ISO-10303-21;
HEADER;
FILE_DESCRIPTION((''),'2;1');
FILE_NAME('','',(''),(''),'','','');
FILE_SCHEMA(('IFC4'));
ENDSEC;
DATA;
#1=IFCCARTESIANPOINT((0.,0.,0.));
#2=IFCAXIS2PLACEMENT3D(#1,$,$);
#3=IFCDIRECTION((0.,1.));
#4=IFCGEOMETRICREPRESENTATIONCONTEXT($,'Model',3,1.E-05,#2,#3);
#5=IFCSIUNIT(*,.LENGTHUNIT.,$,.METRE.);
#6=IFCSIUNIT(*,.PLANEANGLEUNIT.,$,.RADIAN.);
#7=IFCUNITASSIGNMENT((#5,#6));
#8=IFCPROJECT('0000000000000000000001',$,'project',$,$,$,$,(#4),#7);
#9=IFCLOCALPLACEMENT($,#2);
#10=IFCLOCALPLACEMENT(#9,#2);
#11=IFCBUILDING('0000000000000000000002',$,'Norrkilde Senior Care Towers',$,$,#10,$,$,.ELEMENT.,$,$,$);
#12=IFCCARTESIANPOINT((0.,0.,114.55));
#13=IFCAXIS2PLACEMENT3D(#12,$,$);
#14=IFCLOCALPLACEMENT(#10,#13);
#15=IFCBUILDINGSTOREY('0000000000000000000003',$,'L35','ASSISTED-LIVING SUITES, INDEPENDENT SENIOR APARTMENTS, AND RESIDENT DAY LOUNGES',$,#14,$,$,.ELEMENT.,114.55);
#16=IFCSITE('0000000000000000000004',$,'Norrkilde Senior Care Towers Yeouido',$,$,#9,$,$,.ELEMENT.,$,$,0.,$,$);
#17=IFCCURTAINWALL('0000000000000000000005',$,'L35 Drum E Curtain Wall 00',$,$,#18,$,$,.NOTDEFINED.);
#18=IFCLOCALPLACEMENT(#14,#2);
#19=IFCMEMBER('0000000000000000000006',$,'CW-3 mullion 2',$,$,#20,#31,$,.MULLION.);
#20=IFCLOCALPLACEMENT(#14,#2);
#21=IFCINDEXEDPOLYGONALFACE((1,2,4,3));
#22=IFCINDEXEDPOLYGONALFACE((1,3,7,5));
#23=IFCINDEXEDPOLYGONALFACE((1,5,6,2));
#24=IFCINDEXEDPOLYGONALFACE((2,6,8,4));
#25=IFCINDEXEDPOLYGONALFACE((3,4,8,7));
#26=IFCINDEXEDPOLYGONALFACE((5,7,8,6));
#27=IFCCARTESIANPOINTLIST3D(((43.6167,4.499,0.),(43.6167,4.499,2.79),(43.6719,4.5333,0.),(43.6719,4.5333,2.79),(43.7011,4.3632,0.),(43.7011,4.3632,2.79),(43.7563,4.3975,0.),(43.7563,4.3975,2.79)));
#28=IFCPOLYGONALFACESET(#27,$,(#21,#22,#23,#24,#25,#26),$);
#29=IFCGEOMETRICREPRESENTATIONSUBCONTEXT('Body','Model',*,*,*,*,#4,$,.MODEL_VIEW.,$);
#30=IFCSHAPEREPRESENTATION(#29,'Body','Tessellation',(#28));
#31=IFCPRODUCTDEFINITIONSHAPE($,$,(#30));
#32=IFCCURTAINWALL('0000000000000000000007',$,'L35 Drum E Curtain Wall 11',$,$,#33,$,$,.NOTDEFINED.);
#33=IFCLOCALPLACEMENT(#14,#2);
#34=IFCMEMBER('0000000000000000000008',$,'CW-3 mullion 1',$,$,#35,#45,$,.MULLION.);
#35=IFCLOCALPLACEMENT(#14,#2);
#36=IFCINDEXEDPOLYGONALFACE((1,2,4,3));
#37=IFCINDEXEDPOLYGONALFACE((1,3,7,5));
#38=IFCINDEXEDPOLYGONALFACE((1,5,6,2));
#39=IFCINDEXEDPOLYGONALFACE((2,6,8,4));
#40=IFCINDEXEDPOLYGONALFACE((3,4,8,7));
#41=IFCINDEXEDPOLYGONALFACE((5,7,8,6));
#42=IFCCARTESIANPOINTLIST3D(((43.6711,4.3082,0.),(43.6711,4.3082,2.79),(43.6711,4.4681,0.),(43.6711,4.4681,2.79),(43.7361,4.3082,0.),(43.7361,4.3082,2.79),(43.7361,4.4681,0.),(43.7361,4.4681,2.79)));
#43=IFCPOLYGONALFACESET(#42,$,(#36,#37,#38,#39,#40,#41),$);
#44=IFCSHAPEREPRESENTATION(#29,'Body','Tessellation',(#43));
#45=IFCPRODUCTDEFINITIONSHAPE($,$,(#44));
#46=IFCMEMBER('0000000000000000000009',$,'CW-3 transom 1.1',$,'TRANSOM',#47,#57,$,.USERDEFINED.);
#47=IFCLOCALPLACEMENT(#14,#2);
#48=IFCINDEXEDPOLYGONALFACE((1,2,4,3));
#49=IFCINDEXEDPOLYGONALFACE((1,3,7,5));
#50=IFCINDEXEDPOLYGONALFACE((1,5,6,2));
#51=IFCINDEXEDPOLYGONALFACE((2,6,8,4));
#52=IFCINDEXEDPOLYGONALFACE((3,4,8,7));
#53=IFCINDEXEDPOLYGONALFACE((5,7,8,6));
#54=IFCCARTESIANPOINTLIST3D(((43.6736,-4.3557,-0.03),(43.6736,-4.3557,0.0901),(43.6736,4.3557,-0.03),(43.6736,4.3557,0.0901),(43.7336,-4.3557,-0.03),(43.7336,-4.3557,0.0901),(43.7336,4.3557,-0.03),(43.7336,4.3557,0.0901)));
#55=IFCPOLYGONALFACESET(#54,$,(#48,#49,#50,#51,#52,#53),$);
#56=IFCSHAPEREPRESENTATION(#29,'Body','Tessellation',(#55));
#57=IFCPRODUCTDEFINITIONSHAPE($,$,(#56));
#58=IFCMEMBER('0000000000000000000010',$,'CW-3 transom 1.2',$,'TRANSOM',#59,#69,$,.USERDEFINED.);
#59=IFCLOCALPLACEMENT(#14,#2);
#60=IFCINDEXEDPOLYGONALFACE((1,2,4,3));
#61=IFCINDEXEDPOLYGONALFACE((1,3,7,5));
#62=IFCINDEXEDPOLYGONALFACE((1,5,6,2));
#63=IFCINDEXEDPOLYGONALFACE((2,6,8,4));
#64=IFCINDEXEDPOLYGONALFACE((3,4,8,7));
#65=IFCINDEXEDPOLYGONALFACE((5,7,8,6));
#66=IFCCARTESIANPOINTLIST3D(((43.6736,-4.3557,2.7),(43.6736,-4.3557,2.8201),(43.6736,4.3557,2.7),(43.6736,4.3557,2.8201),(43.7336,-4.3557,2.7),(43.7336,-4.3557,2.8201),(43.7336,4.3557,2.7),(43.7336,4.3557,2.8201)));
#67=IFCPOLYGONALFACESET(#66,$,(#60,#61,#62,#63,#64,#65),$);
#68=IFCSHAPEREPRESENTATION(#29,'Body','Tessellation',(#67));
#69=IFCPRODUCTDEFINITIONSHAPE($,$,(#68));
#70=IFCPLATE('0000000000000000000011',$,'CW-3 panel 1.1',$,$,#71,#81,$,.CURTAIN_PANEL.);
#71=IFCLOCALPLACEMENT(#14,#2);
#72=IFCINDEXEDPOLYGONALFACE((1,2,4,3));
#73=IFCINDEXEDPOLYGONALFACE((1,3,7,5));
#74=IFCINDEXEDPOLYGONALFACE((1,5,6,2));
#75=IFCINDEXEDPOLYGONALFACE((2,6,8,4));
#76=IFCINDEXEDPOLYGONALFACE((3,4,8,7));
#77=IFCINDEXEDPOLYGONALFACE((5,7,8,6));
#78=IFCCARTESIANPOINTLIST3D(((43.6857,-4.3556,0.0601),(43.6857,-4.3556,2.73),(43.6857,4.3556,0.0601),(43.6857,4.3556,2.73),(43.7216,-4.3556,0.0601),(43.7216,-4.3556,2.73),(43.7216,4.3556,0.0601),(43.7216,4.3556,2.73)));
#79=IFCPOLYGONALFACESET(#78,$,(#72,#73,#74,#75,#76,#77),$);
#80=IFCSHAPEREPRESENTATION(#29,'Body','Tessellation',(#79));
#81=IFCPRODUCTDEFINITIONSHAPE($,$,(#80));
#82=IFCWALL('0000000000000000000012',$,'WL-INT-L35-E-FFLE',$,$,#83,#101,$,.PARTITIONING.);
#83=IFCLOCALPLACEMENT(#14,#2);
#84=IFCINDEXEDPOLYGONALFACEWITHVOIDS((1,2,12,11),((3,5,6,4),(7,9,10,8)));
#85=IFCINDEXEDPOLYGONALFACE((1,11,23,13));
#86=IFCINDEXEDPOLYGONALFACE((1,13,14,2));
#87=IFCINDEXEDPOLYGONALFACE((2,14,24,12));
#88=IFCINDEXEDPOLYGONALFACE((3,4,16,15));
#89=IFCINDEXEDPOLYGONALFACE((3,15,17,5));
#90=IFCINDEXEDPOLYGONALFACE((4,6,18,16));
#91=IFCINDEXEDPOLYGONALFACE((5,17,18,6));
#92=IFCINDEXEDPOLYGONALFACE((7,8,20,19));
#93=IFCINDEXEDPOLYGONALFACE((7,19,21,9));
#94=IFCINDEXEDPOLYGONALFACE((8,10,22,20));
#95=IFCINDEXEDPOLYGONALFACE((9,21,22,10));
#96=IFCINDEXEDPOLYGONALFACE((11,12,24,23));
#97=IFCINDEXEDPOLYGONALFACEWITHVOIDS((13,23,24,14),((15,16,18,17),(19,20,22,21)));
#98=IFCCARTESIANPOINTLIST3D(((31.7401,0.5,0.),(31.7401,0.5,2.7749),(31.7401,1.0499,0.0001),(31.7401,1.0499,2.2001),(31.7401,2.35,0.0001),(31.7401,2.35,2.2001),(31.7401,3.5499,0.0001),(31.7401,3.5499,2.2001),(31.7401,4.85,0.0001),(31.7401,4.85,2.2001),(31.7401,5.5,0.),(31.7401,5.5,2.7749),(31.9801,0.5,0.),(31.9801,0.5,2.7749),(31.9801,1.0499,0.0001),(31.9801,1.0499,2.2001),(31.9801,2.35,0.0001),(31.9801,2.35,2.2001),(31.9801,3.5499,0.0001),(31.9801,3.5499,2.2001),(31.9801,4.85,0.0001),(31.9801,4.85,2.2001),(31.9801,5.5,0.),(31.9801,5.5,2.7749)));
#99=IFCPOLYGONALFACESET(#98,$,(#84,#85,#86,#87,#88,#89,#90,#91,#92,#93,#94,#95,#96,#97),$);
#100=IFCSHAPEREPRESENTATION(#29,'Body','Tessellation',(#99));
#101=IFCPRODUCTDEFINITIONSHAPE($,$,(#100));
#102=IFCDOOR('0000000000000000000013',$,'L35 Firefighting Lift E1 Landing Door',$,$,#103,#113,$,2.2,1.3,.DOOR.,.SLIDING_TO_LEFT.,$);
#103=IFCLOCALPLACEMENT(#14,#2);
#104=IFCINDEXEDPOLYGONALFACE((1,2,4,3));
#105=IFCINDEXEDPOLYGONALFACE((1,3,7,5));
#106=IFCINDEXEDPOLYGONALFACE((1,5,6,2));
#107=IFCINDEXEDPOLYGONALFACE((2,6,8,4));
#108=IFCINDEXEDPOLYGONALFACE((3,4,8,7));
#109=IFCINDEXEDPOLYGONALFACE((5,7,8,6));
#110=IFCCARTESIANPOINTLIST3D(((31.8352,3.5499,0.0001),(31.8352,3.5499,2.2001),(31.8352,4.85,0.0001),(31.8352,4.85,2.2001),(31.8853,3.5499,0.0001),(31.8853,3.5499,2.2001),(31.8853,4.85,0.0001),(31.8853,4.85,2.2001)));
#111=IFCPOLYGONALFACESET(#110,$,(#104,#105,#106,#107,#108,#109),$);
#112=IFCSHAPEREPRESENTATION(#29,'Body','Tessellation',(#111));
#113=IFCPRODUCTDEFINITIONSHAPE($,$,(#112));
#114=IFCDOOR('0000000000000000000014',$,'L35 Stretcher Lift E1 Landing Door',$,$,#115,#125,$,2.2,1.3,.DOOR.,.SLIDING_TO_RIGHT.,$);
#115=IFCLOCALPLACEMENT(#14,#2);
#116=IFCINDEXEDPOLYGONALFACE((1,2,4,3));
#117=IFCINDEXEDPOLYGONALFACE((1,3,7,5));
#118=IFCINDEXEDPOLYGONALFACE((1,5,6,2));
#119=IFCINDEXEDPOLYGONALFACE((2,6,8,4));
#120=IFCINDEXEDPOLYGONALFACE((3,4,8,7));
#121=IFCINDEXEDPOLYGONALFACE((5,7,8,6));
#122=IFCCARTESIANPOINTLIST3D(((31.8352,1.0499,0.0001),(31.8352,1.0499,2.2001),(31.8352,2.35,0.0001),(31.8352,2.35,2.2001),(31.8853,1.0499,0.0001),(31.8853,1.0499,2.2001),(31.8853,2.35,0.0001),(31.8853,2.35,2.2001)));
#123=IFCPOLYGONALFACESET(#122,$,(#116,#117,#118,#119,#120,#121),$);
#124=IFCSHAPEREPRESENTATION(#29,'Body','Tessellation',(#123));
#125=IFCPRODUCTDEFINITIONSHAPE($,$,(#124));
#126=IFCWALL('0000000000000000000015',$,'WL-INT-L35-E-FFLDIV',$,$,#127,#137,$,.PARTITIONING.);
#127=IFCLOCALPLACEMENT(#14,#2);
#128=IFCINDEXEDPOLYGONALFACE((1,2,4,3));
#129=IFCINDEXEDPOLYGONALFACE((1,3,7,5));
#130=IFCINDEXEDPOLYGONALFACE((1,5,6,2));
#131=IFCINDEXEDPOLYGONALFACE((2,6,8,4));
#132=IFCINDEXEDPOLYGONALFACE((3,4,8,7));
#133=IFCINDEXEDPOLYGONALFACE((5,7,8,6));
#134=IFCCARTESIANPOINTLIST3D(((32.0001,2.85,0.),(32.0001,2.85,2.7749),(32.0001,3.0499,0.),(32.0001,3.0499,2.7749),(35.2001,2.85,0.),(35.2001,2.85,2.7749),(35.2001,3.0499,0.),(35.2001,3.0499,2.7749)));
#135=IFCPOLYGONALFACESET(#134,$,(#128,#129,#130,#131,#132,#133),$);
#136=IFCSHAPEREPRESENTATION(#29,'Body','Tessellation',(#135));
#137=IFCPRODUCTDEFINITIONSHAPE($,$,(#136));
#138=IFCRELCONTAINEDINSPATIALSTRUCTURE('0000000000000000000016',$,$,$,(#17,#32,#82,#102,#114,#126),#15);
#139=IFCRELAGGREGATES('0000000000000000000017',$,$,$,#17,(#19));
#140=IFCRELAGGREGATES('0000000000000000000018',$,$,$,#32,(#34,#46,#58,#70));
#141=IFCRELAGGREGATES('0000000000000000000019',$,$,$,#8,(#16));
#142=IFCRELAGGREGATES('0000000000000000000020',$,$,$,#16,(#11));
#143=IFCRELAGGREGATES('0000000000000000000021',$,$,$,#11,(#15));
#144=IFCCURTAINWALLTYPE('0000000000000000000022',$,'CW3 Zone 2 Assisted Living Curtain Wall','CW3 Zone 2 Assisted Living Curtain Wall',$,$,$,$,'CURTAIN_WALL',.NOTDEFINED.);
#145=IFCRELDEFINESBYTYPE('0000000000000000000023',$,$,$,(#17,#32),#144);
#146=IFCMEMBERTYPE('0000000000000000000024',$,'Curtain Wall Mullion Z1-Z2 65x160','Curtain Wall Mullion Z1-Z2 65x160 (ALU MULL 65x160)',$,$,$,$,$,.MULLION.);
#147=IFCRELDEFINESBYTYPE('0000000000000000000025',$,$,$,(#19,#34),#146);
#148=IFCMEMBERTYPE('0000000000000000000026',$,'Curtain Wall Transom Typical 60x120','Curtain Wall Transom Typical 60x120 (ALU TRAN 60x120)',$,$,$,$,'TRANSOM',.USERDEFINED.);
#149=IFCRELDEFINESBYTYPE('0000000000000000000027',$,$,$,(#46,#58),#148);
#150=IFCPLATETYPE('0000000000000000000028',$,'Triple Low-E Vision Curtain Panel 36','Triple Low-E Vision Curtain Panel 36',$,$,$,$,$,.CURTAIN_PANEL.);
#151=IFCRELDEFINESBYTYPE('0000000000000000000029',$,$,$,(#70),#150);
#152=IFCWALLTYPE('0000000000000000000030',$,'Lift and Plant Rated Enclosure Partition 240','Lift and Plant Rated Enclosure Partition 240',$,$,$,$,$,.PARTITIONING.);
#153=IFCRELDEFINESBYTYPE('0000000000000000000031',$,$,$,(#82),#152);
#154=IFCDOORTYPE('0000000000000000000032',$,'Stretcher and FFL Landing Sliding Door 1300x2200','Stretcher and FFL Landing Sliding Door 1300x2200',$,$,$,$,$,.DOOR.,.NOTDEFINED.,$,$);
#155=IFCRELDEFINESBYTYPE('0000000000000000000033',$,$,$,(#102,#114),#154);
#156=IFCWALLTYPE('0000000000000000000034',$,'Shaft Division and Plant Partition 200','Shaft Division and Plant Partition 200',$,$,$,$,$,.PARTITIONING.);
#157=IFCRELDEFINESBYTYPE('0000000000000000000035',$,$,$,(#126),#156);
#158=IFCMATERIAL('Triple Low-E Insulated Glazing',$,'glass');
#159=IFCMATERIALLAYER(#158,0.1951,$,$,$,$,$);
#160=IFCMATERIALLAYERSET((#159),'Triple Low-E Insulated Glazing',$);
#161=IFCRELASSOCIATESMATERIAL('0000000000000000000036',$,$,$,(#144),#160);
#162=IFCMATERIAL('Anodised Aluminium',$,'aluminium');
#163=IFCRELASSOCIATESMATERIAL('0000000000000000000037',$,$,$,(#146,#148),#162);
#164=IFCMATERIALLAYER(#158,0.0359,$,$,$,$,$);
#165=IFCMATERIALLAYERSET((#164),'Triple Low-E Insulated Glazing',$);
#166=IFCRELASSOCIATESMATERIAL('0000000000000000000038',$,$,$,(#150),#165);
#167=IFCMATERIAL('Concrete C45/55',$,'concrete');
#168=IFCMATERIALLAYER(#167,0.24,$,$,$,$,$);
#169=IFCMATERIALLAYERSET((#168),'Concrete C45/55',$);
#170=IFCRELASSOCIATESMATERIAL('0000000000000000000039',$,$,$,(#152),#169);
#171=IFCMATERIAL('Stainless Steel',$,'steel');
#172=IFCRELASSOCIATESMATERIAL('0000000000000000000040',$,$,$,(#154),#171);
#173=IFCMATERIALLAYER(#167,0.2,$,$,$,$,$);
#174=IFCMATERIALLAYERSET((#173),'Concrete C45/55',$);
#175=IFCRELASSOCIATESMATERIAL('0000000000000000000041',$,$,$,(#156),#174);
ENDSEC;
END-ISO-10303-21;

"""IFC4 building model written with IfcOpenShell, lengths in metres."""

from ifc_helpers import new_model, si_unit, direction, frame, frame_2d, origin, origin_2d, place, context, subcontext, project, spatial, rectangle, extrude, source, transform, mapped, material, layer, layer_set, material_profile, profile_set, type_object, type_shapes, element, fill, aggregate, save


model = new_model("IFC4")

# Units and contexts
model_context = context("Model", 3, precision=1e-05, world=origin(), true_north=direction((0.0, 1.0)))
body_context = subcontext(model_context, "Body", "Model", "MODEL_VIEW")
ifc_project = project(units=[si_unit("LENGTHUNIT", "METRE"), si_unit("PLANEANGLEUNIT", "RADIAN")], contexts=[model_context])

# Site, building, storey
site_placement = place(None, origin())
site = spatial("IfcSite", under=ifc_project, at=site_placement, Name="Norrkilde Senior Care Towers Yeouido", CompositionType="ELEMENT", RefElevation=0.0)
building_placement = place(site_placement, origin())
building = spatial("IfcBuilding", under=site, at=building_placement, Name="Norrkilde Senior Care Towers", CompositionType="ELEMENT")
storey_placement = place(building_placement, frame((0.0, 0.0, 114.55)))
storey = spatial("IfcBuildingStorey", under=building, at=storey_placement, Name="L35", Description="ASSISTED-LIVING SUITES, INDEPENDENT SENIOR APARTMENTS, AND RESIDENT DAY LOUNGES", CompositionType="ELEMENT", Elevation=114.55)

# Curtain wall, member
ifc_material_1 = material(Name="Triple Low-E Insulated Glazing", Category="glass")
ifc_layer_1 = layer(ifc_material_1, 0.1951)
ifc_layer_set_1 = layer_set([ifc_layer_1], Name="Triple Low-E Insulated Glazing")
curtain_wall_type = type_object("IfcCurtainWallType", Name="CW3 Zone 2 Assisted Living Curtain Wall", Description="CW3 Zone 2 Assisted Living Curtain Wall", ElementType="CURTAIN_WALL", PredefinedType="NOTDEFINED", material=ifc_layer_set_1)
curtain_wall_1_placement = place(storey_placement, origin())
curtain_wall_1 = element("IfcCurtainWall", 1, at=curtain_wall_1_placement, inside=storey, type_object=curtain_wall_type, Name="L35 Drum E Curtain Wall 00", PredefinedType="NOTDEFINED")
ifc_material_2 = material(Name="Anodised Aluminium", Category="aluminium")
ifc_material_profile_1 = material_profile(ifc_material_2, rectangle(XDim=0.0649, YDim=0.1599, at=origin_2d()), Name="ALU MULL 65x160")
ifc_profile_set_1 = profile_set([ifc_material_profile_1], Name="Anodised Aluminium")
member_type_1 = type_object("IfcMemberType", Name="Curtain Wall Mullion Z1-Z2 65x160", Description="Curtain Wall Mullion Z1-Z2 65x160 (ALU MULL 65x160)", PredefinedType="MULLION", material=ifc_profile_set_1)
shared_shape_1 = source(origin(), body_context, "Body", "SweptSolid", [
    extrude(rectangle(XDim=0.0649, YDim=0.1599, at=origin_2d()), origin(), (0.0, 0.0, 1.0), 2.79),
])
type_shapes(member_type_1, [shared_shape_1])
member_1_placement = place(storey_placement, frame((43.6865, 4.4482, 0.0), z_axis=(0.0, 0.0, 1.0), x_axis=(0.84941, 0.527733, 0.0)))
member_1 = element("IfcMember", 2, at=member_1_placement, type_object=member_type_1, Name="CW-3 mullion 2", PredefinedType="MULLION", context=body_context, shape_type="MappedRepresentation", body=[
    mapped(shared_shape_1, transform((0.0, 0.0, 0.0), x_axis=(1.0, 0.0, 0.0), y_axis=(0.0, 1.0, 0.0), z_axis=(0.0, 0.0, 1.0), scale=1.0)),
])
aggregate(curtain_wall_1, [member_1])

# Curtain wall, members, plate
curtain_wall_2_placement = place(storey_placement, origin())
curtain_wall_2 = element("IfcCurtainWall", 3, at=curtain_wall_2_placement, inside=storey, type_object=curtain_wall_type, Name="L35 Drum E Curtain Wall 11", PredefinedType="NOTDEFINED")
member_2_placement = place(storey_placement, frame((43.7036, 4.3882, 0.0), z_axis=(0.0, 0.0, 1.0), x_axis=(1.0, 0.0, 0.0)))
member_2 = element("IfcMember", 4, at=member_2_placement, type_object=member_type_1, Name="CW-3 mullion 1", PredefinedType="MULLION", context=body_context, shape_type="MappedRepresentation", body=[
    mapped(shared_shape_1, transform((0.0, 0.0, 0.0), x_axis=(1.0, 0.0, 0.0), y_axis=(0.0, 1.0, 0.0), z_axis=(0.0, 0.0, 1.0), scale=1.0)),
])
ifc_material_profile_2 = material_profile(ifc_material_2, rectangle(XDim=0.0601, YDim=0.1201, at=origin_2d()), Name="ALU TRAN 60x120")
ifc_profile_set_2 = profile_set([ifc_material_profile_2], Name="Anodised Aluminium")
member_type_2 = type_object("IfcMemberType", Name="Curtain Wall Transom Typical 60x120", Description="Curtain Wall Transom Typical 60x120 (ALU TRAN 60x120)", ElementType="TRANSOM", PredefinedType="USERDEFINED", material=ifc_profile_set_2)
shared_shape_2 = source(origin(), body_context, "Body", "SweptSolid", [
    extrude(rectangle(XDim=0.0601, YDim=0.1201, at=origin_2d()), origin(), (0.0, 0.0, 1.0), 8.7114),
])
type_shapes(member_type_2, [shared_shape_2])
member_3_placement = place(storey_placement, frame((43.7036, 4.3557, 0.03), z_axis=(0.0, -1.0, 0.0), x_axis=(1.0, 0.0, 0.0)))
member_3 = element("IfcMember", 5, at=member_3_placement, type_object=member_type_2, Name="CW-3 transom 1.1", ObjectType="TRANSOM", PredefinedType="USERDEFINED", context=body_context, shape_type="MappedRepresentation", body=[
    mapped(shared_shape_2, transform((0.0, 0.0, 0.0), x_axis=(1.0, 0.0, 0.0), y_axis=(0.0, 1.0, 0.0), z_axis=(0.0, 0.0, 1.0), scale=1.0)),
])
member_4_placement = place(storey_placement, frame((43.7036, 4.3557, 2.76), z_axis=(0.0, -1.0, 0.0), x_axis=(1.0, 0.0, 0.0)))
member_4 = element("IfcMember", 6, at=member_4_placement, type_object=member_type_2, Name="CW-3 transom 1.2", ObjectType="TRANSOM", PredefinedType="USERDEFINED", context=body_context, shape_type="MappedRepresentation", body=[
    mapped(shared_shape_2, transform((0.0, 0.0, 0.0), x_axis=(1.0, 0.0, 0.0), y_axis=(0.0, 1.0, 0.0), z_axis=(0.0, 0.0, 1.0), scale=1.0)),
])
ifc_layer_2 = layer(ifc_material_1, 0.0359)
ifc_layer_set_2 = layer_set([ifc_layer_2], Name="Triple Low-E Insulated Glazing")
plate_type = type_object("IfcPlateType", Name="Triple Low-E Vision Curtain Panel 36", Description="Triple Low-E Vision Curtain Panel 36", PredefinedType="CURTAIN_PANEL", material=ifc_layer_set_2)
shared_shape_3 = source(origin(), body_context, "Body", "SweptSolid", [
    extrude(rectangle(XDim=8.7112, YDim=0.0359, at=origin_2d()), origin(), (0.0, 0.0, 1.0), 2.6699),
])
type_shapes(plate_type, [shared_shape_3])
plate_placement = place(storey_placement, frame((43.7036, 0.0, 0.0601), z_axis=(0.0, 0.0, 1.0), x_axis=(0.0, -1.0, 0.0)))
plate = element("IfcPlate", 7, at=plate_placement, type_object=plate_type, Name="CW-3 panel 1.1", PredefinedType="CURTAIN_PANEL", context=body_context, shape_type="MappedRepresentation", body=[
    mapped(shared_shape_3, transform((0.0, 0.0, 0.0), x_axis=(1.0, 0.0, 0.0), y_axis=(0.0, 1.0, 0.0), z_axis=(0.0, 0.0, 1.0), scale=1.0)),
])
aggregate(curtain_wall_2, [member_2, member_3, member_4, plate])

# Wall, openings, doors
ifc_material_3 = material(Name="Concrete C45/55", Category="concrete")
ifc_layer_3 = layer(ifc_material_3, 0.24)
ifc_layer_set_3 = layer_set([ifc_layer_3], Name="Concrete C45/55")
wall_type_1 = type_object("IfcWallType", Name="Lift and Plant Rated Enclosure Partition 240", Description="Lift and Plant Rated Enclosure Partition 240", PredefinedType="PARTITIONING", material=ifc_layer_set_3)
shared_shape_4 = source(origin(), body_context, "Body", "SweptSolid", [
    extrude(rectangle(XDim=5.0, YDim=0.24, at=frame_2d((2.5, 0.0))), origin(), (0.0, 0.0, 1.0), 2.7749),
])
type_shapes(wall_type_1, [shared_shape_4])
wall_1_placement = place(storey_placement, frame((31.8601, 0.5, 0.0), z_axis=(0.0, 0.0, 1.0), x_axis=(0.0, 1.0, 0.0)))
wall_1 = element("IfcWall", 8, at=wall_1_placement, inside=storey, type_object=wall_type_1, Name="WL-INT-L35-E-FFLE", PredefinedType="PARTITIONING", context=body_context, shape_type="MappedRepresentation", body=[
    mapped(shared_shape_4, transform((0.0, 0.0, 0.0), x_axis=(1.0, 0.0, 0.0), y_axis=(0.0, 1.0, 0.0), z_axis=(0.0, 0.0, 1.0), scale=1.0)),
])
opening_1_placement = place(wall_1_placement, frame((3.05, 0.0, 0.0)))
opening_1 = element("IfcOpeningElement", 9, at=opening_1_placement, cuts=wall_1, PredefinedType="OPENING", context=body_context, shape_type="SweptSolid", body=[
    extrude(rectangle(XDim=1.3, YDim=2.2, at=frame_2d((0.6499, 1.1001))), frame((0.0, 0.1299, 0.0), z_axis=(0.0, -1.0, 0.0), x_axis=(1.0, 0.0, 0.0)), (0.0, 0.0, 1.0), 0.26),
])
opening_2_placement = place(wall_1_placement, frame((0.55, 0.0, 0.0)))
opening_2 = element("IfcOpeningElement", 10, at=opening_2_placement, cuts=wall_1, PredefinedType="OPENING", context=body_context, shape_type="SweptSolid", body=[
    extrude(rectangle(XDim=1.3, YDim=2.2, at=frame_2d((0.6499, 1.1001))), frame((0.0, 0.1299, 0.0), z_axis=(0.0, -1.0, 0.0), x_axis=(1.0, 0.0, 0.0)), (0.0, 0.0, 1.0), 0.26),
])
ifc_material_4 = material(Name="Stainless Steel", Category="steel")
door_type_1 = type_object("IfcDoorType", Name="Stretcher and FFL Landing Sliding Door 1300x2200", Description="Stretcher and FFL Landing Sliding Door 1300x2200", OperationType="NOTDEFINED", PredefinedType="DOOR", material=ifc_material_4)
shared_shape_5 = source(origin(), body_context, "Body", "SweptSolid", [
    extrude(rectangle(XDim=1.3, YDim=2.2, at=frame_2d((0.6499, 1.1001))), frame((0.0, 0.0249, 0.0), z_axis=(0.0, -1.0, 0.0), x_axis=(1.0, 0.0, 0.0)), (0.0, 0.0, 1.0), 0.05),
])
type_shapes(door_type_1, [shared_shape_5])
door_1_placement = place(opening_1_placement, origin())
door_1 = element("IfcDoor", 11, at=door_1_placement, inside=storey, type_object=door_type_1, Name="L35 Firefighting Lift E1 Landing Door", OperationType="SLIDING_TO_LEFT", OverallHeight=2.2, OverallWidth=1.3, PredefinedType="DOOR", context=body_context, shape_type="MappedRepresentation", body=[
    mapped(shared_shape_5, transform((0.0, 0.0, 0.0), x_axis=(1.0, 0.0, 0.0), y_axis=(0.0, 1.0, 0.0), z_axis=(0.0, 0.0, 1.0), scale=1.0)),
])
fill(opening_1, door_1)
door_2_placement = place(opening_2_placement, origin())
door_2 = element("IfcDoor", 12, at=door_2_placement, inside=storey, type_object=door_type_1, Name="L35 Stretcher Lift E1 Landing Door", OperationType="SLIDING_TO_RIGHT", OverallHeight=2.2, OverallWidth=1.3, PredefinedType="DOOR", context=body_context, shape_type="MappedRepresentation", body=[
    mapped(shared_shape_5, transform((0.0, 0.0, 0.0), x_axis=(1.0, 0.0, 0.0), y_axis=(0.0, 1.0, 0.0), z_axis=(0.0, 0.0, 1.0), scale=1.0)),
])
fill(opening_2, door_2)

# Wall
ifc_layer_4 = layer(ifc_material_3, 0.2)
ifc_layer_set_4 = layer_set([ifc_layer_4], Name="Concrete C45/55")
wall_type_2 = type_object("IfcWallType", Name="Shaft Division and Plant Partition 200", Description="Shaft Division and Plant Partition 200", PredefinedType="PARTITIONING", material=ifc_layer_set_4)
shared_shape_6 = source(origin(), body_context, "Body", "SweptSolid", [
    extrude(rectangle(XDim=3.2, YDim=0.2, at=frame_2d((1.6001, 0.0))), origin(), (0.0, 0.0, 1.0), 2.7749),
])
type_shapes(wall_type_2, [shared_shape_6])
wall_2_placement = place(storey_placement, frame((32.0, 2.95, 0.0), z_axis=(0.0, 0.0, 1.0), x_axis=(1.0, 0.0, 0.0)))
element("IfcWall", 13, at=wall_2_placement, inside=storey, type_object=wall_type_2, Name="WL-INT-L35-E-FFLDIV", PredefinedType="PARTITIONING", context=body_context, shape_type="MappedRepresentation", body=[
    mapped(shared_shape_6, transform((0.0, 0.0, 0.0), x_axis=(1.0, 0.0, 0.0), y_axis=(0.0, 1.0, 0.0), z_axis=(0.0, 0.0, 1.0), scale=1.0)),
])

save(model, "model.ifc")
